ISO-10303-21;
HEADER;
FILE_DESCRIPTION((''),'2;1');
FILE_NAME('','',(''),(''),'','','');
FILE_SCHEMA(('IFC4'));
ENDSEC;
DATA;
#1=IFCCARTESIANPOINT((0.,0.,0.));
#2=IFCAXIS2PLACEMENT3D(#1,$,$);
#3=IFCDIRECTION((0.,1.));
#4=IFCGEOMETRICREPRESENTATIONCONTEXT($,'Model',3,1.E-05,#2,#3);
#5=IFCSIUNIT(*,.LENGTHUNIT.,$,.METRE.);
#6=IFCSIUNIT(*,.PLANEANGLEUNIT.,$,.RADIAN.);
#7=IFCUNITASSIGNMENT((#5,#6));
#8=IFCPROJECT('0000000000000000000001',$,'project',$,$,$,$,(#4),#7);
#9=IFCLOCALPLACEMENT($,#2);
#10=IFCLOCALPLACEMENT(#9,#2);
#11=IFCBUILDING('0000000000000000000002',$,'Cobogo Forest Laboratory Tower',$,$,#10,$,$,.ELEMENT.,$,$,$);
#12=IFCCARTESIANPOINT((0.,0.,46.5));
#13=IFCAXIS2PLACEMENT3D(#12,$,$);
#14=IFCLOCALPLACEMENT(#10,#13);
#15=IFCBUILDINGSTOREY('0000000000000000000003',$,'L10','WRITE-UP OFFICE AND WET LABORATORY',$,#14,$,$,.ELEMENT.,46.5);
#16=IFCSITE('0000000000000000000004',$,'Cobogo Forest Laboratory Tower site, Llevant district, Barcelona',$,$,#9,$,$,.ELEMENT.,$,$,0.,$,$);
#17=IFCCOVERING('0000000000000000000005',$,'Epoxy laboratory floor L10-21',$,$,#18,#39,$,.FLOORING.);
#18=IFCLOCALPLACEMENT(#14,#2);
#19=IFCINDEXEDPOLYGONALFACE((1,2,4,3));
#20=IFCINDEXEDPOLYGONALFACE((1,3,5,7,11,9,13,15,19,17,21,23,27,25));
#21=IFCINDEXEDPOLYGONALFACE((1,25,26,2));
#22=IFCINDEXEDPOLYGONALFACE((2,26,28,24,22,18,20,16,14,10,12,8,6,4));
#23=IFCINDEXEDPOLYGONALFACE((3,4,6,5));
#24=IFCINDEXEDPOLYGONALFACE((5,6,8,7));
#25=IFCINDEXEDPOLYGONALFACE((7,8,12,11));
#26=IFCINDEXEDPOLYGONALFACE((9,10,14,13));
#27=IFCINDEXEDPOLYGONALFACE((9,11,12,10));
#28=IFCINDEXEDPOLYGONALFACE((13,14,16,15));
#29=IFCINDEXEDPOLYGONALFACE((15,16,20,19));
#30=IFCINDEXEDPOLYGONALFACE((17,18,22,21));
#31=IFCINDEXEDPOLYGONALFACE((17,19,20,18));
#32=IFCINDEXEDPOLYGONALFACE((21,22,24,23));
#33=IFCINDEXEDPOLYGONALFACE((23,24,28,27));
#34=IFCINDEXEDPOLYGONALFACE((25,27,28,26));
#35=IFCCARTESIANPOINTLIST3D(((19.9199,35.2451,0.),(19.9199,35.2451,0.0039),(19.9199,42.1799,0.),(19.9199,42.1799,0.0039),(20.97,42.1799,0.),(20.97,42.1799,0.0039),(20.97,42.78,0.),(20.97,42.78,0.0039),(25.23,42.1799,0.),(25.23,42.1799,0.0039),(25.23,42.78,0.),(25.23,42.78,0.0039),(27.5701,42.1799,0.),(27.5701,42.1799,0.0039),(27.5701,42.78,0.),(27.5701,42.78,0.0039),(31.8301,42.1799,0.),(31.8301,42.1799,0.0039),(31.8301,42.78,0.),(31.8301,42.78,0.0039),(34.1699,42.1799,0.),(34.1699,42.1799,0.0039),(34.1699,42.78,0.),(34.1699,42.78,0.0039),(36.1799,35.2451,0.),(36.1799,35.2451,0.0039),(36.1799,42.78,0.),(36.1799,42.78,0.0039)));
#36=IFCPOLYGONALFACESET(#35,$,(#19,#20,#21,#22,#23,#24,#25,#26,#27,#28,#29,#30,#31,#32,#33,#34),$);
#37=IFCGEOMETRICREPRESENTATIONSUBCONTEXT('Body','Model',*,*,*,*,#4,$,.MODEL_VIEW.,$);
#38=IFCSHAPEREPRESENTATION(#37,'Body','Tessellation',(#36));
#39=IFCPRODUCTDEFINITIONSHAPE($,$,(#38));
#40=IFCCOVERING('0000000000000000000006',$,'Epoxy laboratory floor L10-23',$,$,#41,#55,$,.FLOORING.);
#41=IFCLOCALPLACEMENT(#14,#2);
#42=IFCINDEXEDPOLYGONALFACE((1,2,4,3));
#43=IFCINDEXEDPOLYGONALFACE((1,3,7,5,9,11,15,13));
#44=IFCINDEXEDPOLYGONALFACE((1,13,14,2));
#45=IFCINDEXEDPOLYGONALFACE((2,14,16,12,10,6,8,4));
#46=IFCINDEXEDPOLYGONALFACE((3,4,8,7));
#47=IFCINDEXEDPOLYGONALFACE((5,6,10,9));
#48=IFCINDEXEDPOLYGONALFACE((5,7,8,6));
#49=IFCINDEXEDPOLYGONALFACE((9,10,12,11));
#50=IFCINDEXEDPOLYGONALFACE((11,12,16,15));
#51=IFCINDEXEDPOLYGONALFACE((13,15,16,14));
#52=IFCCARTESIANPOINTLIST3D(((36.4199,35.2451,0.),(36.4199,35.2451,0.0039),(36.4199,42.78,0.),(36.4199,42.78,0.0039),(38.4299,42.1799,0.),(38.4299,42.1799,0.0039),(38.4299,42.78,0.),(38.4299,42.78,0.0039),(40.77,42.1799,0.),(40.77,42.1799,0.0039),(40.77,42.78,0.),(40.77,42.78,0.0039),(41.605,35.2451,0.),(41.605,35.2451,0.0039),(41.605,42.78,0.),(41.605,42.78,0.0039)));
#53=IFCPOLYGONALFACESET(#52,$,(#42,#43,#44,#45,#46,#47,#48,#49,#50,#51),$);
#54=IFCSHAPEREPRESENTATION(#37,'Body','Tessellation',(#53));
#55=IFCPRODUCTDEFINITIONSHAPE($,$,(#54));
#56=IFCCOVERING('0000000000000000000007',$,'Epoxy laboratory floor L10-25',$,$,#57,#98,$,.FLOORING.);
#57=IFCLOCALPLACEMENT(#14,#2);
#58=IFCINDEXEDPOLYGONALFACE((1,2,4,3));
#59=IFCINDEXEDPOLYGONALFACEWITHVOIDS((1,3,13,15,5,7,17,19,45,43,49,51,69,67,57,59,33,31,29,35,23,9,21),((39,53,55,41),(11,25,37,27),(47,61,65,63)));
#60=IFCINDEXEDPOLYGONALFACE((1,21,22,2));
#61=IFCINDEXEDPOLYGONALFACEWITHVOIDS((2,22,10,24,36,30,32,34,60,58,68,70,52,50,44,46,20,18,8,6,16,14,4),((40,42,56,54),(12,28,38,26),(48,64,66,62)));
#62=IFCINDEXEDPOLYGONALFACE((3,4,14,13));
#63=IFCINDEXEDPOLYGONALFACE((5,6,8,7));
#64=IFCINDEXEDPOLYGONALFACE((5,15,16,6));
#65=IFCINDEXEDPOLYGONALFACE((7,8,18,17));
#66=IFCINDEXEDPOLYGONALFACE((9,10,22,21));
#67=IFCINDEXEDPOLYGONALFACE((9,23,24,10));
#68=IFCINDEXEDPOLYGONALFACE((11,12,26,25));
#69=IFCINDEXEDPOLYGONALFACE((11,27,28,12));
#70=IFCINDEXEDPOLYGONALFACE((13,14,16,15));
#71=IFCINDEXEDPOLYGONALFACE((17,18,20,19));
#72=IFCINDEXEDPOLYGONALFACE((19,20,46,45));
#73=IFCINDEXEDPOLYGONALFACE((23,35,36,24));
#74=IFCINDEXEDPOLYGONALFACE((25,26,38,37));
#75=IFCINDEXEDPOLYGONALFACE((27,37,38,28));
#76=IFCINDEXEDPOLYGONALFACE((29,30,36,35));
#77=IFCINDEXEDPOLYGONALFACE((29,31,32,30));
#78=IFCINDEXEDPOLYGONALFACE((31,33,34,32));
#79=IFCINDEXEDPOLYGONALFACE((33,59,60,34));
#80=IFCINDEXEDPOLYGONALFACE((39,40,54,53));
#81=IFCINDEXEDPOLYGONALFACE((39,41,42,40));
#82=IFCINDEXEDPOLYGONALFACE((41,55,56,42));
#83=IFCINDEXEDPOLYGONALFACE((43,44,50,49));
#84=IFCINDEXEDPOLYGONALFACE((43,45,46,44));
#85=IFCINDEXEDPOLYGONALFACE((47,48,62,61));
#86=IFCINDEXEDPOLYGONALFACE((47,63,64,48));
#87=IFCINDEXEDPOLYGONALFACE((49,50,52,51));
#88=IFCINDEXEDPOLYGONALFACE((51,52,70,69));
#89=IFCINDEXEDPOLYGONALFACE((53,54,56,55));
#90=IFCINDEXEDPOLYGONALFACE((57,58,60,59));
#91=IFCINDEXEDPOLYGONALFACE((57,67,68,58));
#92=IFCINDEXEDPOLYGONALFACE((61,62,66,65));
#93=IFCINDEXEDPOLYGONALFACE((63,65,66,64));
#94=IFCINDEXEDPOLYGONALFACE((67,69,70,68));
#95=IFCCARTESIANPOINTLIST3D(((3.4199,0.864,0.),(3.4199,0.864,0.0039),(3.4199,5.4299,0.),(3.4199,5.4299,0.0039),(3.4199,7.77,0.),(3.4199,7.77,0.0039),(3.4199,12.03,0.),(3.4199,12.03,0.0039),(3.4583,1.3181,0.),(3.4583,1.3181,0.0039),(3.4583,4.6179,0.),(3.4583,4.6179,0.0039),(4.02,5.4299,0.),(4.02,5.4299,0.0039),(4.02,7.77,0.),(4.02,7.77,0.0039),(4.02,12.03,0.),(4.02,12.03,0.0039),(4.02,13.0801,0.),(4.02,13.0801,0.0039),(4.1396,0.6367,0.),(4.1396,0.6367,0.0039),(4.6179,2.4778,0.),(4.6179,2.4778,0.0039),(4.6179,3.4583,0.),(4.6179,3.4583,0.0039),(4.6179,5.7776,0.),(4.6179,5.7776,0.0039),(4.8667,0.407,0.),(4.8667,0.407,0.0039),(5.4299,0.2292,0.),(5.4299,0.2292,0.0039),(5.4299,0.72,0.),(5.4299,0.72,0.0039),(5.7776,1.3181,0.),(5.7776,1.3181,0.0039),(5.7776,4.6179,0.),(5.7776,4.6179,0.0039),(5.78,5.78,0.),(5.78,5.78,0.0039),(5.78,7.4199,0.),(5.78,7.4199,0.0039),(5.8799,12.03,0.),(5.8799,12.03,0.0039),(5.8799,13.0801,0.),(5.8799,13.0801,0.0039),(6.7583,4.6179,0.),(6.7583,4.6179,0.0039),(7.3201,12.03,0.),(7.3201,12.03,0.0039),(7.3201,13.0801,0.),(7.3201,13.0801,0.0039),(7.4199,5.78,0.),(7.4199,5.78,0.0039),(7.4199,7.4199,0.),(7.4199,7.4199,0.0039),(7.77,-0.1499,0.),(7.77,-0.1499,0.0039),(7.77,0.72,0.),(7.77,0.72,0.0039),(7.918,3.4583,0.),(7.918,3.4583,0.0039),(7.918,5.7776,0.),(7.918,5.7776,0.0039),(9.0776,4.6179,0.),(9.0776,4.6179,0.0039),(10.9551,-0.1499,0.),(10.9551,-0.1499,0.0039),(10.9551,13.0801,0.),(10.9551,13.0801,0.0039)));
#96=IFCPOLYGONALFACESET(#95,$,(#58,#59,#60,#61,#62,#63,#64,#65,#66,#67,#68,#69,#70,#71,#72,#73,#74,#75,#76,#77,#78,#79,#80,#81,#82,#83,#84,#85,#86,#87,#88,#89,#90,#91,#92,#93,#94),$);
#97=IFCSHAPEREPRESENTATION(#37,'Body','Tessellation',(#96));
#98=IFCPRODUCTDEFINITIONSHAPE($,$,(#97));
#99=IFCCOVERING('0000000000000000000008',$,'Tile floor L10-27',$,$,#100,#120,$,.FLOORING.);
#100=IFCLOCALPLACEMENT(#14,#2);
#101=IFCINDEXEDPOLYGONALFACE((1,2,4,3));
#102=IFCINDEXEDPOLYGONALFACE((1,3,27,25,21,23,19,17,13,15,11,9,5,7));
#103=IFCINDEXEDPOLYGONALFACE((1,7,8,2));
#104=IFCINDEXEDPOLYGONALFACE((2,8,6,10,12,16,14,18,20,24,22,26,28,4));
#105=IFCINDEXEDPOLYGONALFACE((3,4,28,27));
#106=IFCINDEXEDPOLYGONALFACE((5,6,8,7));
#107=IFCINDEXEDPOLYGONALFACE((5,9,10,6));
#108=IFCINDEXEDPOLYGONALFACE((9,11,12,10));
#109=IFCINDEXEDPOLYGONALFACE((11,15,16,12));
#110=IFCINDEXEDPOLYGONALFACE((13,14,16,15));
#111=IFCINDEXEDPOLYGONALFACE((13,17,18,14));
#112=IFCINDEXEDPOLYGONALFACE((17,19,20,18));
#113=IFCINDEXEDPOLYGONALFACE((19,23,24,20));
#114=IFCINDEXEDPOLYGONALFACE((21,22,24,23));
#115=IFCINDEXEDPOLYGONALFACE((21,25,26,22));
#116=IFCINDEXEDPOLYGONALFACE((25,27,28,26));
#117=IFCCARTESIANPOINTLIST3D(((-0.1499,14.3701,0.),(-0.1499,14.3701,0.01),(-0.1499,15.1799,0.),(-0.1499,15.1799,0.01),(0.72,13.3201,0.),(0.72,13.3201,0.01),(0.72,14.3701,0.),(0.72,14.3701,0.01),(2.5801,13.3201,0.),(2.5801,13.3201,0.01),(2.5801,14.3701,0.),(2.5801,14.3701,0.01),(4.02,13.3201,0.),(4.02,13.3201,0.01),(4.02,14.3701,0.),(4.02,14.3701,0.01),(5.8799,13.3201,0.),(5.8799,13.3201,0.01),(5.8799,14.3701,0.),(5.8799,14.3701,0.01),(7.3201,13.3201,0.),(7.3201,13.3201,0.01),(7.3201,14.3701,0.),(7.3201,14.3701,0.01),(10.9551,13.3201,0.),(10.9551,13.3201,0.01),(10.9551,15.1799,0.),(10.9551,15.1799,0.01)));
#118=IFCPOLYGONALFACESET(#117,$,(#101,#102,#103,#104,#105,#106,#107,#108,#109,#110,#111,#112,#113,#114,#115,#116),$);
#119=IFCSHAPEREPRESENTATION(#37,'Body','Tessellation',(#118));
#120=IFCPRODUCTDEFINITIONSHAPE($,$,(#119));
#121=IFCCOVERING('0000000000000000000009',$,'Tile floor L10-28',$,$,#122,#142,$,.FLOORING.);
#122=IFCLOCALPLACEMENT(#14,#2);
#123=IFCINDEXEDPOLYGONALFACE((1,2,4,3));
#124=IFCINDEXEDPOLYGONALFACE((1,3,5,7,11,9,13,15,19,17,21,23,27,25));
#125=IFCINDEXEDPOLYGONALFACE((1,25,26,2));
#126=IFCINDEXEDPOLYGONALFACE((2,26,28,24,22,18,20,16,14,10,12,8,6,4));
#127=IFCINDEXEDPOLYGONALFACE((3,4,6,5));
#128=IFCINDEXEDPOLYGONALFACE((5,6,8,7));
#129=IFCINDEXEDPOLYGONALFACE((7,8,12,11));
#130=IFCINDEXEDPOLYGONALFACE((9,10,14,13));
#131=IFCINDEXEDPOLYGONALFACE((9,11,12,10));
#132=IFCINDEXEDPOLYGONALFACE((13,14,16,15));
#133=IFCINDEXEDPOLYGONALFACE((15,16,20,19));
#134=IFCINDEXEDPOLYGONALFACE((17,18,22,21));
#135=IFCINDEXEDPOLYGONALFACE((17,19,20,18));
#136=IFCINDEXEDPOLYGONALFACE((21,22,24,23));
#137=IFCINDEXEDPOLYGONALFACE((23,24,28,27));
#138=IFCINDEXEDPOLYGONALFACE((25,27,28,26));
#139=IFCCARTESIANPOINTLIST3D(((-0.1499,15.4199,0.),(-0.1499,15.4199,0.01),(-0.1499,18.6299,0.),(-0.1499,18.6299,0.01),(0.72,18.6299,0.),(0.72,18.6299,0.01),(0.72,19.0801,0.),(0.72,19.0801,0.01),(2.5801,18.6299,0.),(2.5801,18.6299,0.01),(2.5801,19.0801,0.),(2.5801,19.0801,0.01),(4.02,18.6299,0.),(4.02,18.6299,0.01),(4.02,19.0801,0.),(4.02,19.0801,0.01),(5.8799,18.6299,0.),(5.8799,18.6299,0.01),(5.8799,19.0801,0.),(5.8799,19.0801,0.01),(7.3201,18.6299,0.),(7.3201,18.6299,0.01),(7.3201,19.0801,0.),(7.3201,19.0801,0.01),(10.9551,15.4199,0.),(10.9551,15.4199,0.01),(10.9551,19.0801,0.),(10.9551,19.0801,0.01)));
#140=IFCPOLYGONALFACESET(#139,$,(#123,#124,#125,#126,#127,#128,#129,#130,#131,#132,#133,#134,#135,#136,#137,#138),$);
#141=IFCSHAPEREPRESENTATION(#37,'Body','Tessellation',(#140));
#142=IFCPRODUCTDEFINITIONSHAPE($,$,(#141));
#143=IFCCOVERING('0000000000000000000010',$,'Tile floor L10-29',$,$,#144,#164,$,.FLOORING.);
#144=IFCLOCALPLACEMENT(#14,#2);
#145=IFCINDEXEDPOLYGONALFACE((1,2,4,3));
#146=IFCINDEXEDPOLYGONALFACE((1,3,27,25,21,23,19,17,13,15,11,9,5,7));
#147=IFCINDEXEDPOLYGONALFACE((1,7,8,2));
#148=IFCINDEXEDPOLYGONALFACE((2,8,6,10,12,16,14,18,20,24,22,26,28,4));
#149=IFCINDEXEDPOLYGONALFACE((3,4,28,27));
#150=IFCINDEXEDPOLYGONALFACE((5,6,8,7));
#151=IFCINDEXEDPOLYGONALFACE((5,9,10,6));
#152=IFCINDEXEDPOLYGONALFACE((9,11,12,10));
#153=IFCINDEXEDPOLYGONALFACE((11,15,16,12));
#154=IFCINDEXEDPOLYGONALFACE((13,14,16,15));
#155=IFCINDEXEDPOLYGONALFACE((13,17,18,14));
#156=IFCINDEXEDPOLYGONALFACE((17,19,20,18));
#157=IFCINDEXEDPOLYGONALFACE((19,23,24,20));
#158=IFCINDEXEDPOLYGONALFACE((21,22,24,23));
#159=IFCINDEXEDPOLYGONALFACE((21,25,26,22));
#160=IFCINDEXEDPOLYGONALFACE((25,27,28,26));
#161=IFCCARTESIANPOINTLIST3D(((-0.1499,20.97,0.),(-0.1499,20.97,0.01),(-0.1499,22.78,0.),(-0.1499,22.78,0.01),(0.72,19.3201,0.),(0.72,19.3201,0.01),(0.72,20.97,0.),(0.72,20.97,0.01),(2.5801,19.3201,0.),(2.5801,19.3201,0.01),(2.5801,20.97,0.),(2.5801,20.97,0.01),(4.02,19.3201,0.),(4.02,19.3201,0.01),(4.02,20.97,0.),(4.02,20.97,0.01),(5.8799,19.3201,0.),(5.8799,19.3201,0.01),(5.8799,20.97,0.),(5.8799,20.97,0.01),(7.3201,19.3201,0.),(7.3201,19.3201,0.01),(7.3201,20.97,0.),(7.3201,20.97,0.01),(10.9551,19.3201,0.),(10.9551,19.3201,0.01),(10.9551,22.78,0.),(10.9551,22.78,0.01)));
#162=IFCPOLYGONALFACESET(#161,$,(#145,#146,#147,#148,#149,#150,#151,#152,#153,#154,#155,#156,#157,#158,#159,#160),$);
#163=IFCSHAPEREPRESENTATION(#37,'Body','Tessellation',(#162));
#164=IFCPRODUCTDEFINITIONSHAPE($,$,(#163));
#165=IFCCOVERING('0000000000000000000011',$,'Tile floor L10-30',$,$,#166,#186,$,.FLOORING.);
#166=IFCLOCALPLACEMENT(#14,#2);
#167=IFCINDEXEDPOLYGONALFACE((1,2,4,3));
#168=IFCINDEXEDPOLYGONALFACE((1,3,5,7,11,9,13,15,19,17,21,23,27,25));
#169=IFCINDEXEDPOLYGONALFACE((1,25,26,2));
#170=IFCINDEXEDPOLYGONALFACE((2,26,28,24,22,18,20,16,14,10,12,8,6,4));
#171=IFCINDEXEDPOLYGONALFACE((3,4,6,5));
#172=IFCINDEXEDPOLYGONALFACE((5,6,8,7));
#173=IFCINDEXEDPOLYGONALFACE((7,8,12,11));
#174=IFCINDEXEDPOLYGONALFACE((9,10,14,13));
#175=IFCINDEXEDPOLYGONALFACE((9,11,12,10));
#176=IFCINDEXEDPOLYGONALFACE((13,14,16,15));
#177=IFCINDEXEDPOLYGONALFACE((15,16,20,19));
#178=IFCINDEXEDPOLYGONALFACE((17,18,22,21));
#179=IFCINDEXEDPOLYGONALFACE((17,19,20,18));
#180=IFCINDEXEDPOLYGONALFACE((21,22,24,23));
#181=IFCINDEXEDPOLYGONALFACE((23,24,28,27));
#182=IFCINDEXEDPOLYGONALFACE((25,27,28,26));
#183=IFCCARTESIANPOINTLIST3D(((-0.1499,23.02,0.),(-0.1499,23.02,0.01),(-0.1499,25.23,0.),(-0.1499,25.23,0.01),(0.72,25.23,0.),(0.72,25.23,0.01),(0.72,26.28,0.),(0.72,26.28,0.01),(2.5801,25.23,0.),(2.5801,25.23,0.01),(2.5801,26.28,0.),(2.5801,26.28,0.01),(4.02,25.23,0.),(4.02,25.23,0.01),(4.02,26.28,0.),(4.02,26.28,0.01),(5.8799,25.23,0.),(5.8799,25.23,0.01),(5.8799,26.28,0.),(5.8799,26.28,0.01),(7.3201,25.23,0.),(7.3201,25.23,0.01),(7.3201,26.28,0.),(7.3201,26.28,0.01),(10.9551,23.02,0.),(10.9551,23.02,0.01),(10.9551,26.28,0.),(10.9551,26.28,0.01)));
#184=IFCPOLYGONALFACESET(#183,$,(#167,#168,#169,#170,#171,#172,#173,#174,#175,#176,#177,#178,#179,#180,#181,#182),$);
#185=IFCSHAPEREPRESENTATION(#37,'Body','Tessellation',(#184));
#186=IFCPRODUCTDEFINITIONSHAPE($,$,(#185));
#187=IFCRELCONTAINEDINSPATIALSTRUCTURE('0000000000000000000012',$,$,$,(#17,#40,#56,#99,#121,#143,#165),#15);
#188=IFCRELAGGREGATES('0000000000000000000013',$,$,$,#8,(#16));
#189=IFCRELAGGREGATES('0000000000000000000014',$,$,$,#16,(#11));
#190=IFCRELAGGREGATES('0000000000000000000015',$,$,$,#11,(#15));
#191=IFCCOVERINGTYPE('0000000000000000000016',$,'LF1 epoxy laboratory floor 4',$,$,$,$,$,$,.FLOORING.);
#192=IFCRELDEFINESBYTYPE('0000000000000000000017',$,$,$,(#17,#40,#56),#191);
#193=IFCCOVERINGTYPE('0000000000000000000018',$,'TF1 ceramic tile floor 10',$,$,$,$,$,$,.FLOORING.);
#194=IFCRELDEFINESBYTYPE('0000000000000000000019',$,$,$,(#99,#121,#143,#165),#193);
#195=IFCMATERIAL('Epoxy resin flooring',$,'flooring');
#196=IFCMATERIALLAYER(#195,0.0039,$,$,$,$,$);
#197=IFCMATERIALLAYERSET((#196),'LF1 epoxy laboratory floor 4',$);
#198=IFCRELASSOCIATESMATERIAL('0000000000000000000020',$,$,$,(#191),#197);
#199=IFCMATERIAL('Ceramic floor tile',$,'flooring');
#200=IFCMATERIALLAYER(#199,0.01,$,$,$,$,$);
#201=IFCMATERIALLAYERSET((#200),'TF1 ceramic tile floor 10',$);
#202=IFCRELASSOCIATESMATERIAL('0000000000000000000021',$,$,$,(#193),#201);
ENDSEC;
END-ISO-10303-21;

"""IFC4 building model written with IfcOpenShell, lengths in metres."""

from ifc_helpers import new_model, si_unit, direction, frame, origin, place, context, subcontext, project, spatial, polyline, outline, extrude, material, layer, layer_set, type_object, element, save


model = new_model("IFC4")

# Units and contexts
model_context = context("Model", 3, precision=1e-05, world=origin(), true_north=direction((0.0, 1.0)))
body_context = subcontext(model_context, "Body", "Model", "MODEL_VIEW")
ifc_project = project(units=[si_unit("LENGTHUNIT", "METRE"), si_unit("PLANEANGLEUNIT", "RADIAN")], contexts=[model_context])

# Site, building, storey
site_placement = place(None, origin())
site = spatial("IfcSite", under=ifc_project, at=site_placement, Name="Cobogo Forest Laboratory Tower site, Llevant district, Barcelona", CompositionType="ELEMENT", RefElevation=0.0)
building_placement = place(site_placement, origin())
building = spatial("IfcBuilding", under=site, at=building_placement, Name="Cobogo Forest Laboratory Tower", CompositionType="ELEMENT")
storey_placement = place(building_placement, frame((0.0, 0.0, 46.5)))
storey = spatial("IfcBuildingStorey", under=building, at=storey_placement, Name="L10", Description="WRITE-UP OFFICE AND WET LABORATORY", CompositionType="ELEMENT", Elevation=46.5)

# Coverings
ifc_material_1 = material(Name="Epoxy resin flooring", Category="flooring")
ifc_layer_1 = layer(ifc_material_1, 0.0039)
ifc_layer_set_1 = layer_set([ifc_layer_1], Name="LF1 epoxy laboratory floor 4")
covering_type_1 = type_object("IfcCoveringType", Name="LF1 epoxy laboratory floor 4", PredefinedType="FLOORING", material=ifc_layer_set_1)
covering_1_placement = place(storey_placement, origin())
element("IfcCovering", 1, at=covering_1_placement, inside=storey, type_object=covering_type_1, Name="Epoxy laboratory floor L10-21", PredefinedType="FLOORING", context=body_context, shape_type="SweptSolid", body=[
    extrude(outline(polyline([(19.9199, 42.1799), (20.97, 42.1799), (20.97, 42.78), (25.23, 42.78), (25.23, 42.1799), (27.5701, 42.1799), (27.5701, 42.78), (31.8301, 42.78), (31.8301, 42.1799), (34.1699, 42.1799), (34.1699, 42.78), (36.1799, 42.78), (36.1799, 35.2451), (19.9199, 35.2451), (19.9199, 42.1799)])), origin(), (0.0, 0.0, 1.0), 0.0039),
])
covering_2_placement = place(storey_placement, origin())
element("IfcCovering", 2, at=covering_2_placement, inside=storey, type_object=covering_type_1, Name="Epoxy laboratory floor L10-23", PredefinedType="FLOORING", context=body_context, shape_type="SweptSolid", body=[
    extrude(outline(polyline([(36.4199, 42.78), (38.4299, 42.78), (38.4299, 42.1799), (40.77, 42.1799), (40.77, 42.78), (41.605, 42.78), (41.605, 35.2451), (36.4199, 35.2451), (36.4199, 42.78)])), origin(), (0.0, 0.0, 1.0), 0.0039),
])
covering_3_placement = place(storey_placement, origin())
element("IfcCovering", 3, at=covering_3_placement, inside=storey, type_object=covering_type_1, Name="Epoxy laboratory floor L10-25", PredefinedType="FLOORING", context=body_context, shape_type="SweptSolid", body=[
    extrude(outline(polyline([(5.8799, 13.0801), (5.8799, 12.03), (7.3201, 12.03), (7.3201, 13.0801), (10.9551, 13.0801), (10.9551, -0.1499), (7.77, -0.1499), (7.77, 0.72), (5.4299, 0.72), (5.4299, 0.2292), (4.8667, 0.407), (5.7776, 1.3181), (4.6179, 2.4778), (3.4583, 1.3181), (4.1396, 0.6367), (3.4199, 0.864), (3.4199, 5.4299), (4.02, 5.4299), (4.02, 7.77), (3.4199, 7.77), (3.4199, 12.03), (4.02, 12.03), (4.02, 13.0801), (5.8799, 13.0801)]), holes=[polyline([(7.918, 5.7776), (6.7583, 4.6179), (7.918, 3.4583), (9.0776, 4.6179), (7.918, 5.7776)]), polyline([(5.78, 7.4199), (5.78, 5.78), (7.4199, 5.78), (7.4199, 7.4199), (5.78, 7.4199)]), polyline([(3.4583, 4.6179), (4.6179, 3.4583), (5.7776, 4.6179), (4.6179, 5.7776), (3.4583, 4.6179)])]), origin(), (0.0, 0.0, 1.0), 0.0039),
])
ifc_material_2 = material(Name="Ceramic floor tile", Category="flooring")
ifc_layer_2 = layer(ifc_material_2, 0.01)
ifc_layer_set_2 = layer_set([ifc_layer_2], Name="TF1 ceramic tile floor 10")
covering_type_2 = type_object("IfcCoveringType", Name="TF1 ceramic tile floor 10", PredefinedType="FLOORING", material=ifc_layer_set_2)
covering_4_placement = place(storey_placement, origin())
element("IfcCovering", 4, at=covering_4_placement, inside=storey, type_object=covering_type_2, Name="Tile floor L10-27", PredefinedType="FLOORING", context=body_context, shape_type="SweptSolid", body=[
    extrude(outline(polyline([(10.9551, 13.3201), (7.3201, 13.3201), (7.3201, 14.3701), (5.8799, 14.3701), (5.8799, 13.3201), (4.02, 13.3201), (4.02, 14.3701), (2.5801, 14.3701), (2.5801, 13.3201), (0.72, 13.3201), (0.72, 14.3701), (-0.1499, 14.3701), (-0.1499, 15.1799), (10.9551, 15.1799), (10.9551, 13.3201)])), origin(), (0.0, 0.0, 1.0), 0.01),
])
covering_5_placement = place(storey_placement, origin())
element("IfcCovering", 5, at=covering_5_placement, inside=storey, type_object=covering_type_2, Name="Tile floor L10-28", PredefinedType="FLOORING", context=body_context, shape_type="SweptSolid", body=[
    extrude(outline(polyline([(10.9551, 15.4199), (-0.1499, 15.4199), (-0.1499, 18.6299), (0.72, 18.6299), (0.72, 19.0801), (2.5801, 19.0801), (2.5801, 18.6299), (4.02, 18.6299), (4.02, 19.0801), (5.8799, 19.0801), (5.8799, 18.6299), (7.3201, 18.6299), (7.3201, 19.0801), (10.9551, 19.0801), (10.9551, 15.4199)])), origin(), (0.0, 0.0, 1.0), 0.01),
])
covering_6_placement = place(storey_placement, origin())
element("IfcCovering", 6, at=covering_6_placement, inside=storey, type_object=covering_type_2, Name="Tile floor L10-29", PredefinedType="FLOORING", context=body_context, shape_type="SweptSolid", body=[
    extrude(outline(polyline([(10.9551, 19.3201), (7.3201, 19.3201), (7.3201, 20.97), (5.8799, 20.97), (5.8799, 19.3201), (4.02, 19.3201), (4.02, 20.97), (2.5801, 20.97), (2.5801, 19.3201), (0.72, 19.3201), (0.72, 20.97), (-0.1499, 20.97), (-0.1499, 22.78), (10.9551, 22.78), (10.9551, 19.3201)])), origin(), (0.0, 0.0, 1.0), 0.01),
])
covering_7_placement = place(storey_placement, origin())
element("IfcCovering", 7, at=covering_7_placement, inside=storey, type_object=covering_type_2, Name="Tile floor L10-30", PredefinedType="FLOORING", context=body_context, shape_type="SweptSolid", body=[
    extrude(outline(polyline([(10.9551, 23.02), (-0.1499, 23.02), (-0.1499, 25.23), (0.72, 25.23), (0.72, 26.28), (2.5801, 26.28), (2.5801, 25.23), (4.02, 25.23), (4.02, 26.28), (5.8799, 26.28), (5.8799, 25.23), (7.3201, 25.23), (7.3201, 26.28), (10.9551, 26.28), (10.9551, 23.02)])), origin(), (0.0, 0.0, 1.0), 0.01),
])

save(model, "model.ifc")
